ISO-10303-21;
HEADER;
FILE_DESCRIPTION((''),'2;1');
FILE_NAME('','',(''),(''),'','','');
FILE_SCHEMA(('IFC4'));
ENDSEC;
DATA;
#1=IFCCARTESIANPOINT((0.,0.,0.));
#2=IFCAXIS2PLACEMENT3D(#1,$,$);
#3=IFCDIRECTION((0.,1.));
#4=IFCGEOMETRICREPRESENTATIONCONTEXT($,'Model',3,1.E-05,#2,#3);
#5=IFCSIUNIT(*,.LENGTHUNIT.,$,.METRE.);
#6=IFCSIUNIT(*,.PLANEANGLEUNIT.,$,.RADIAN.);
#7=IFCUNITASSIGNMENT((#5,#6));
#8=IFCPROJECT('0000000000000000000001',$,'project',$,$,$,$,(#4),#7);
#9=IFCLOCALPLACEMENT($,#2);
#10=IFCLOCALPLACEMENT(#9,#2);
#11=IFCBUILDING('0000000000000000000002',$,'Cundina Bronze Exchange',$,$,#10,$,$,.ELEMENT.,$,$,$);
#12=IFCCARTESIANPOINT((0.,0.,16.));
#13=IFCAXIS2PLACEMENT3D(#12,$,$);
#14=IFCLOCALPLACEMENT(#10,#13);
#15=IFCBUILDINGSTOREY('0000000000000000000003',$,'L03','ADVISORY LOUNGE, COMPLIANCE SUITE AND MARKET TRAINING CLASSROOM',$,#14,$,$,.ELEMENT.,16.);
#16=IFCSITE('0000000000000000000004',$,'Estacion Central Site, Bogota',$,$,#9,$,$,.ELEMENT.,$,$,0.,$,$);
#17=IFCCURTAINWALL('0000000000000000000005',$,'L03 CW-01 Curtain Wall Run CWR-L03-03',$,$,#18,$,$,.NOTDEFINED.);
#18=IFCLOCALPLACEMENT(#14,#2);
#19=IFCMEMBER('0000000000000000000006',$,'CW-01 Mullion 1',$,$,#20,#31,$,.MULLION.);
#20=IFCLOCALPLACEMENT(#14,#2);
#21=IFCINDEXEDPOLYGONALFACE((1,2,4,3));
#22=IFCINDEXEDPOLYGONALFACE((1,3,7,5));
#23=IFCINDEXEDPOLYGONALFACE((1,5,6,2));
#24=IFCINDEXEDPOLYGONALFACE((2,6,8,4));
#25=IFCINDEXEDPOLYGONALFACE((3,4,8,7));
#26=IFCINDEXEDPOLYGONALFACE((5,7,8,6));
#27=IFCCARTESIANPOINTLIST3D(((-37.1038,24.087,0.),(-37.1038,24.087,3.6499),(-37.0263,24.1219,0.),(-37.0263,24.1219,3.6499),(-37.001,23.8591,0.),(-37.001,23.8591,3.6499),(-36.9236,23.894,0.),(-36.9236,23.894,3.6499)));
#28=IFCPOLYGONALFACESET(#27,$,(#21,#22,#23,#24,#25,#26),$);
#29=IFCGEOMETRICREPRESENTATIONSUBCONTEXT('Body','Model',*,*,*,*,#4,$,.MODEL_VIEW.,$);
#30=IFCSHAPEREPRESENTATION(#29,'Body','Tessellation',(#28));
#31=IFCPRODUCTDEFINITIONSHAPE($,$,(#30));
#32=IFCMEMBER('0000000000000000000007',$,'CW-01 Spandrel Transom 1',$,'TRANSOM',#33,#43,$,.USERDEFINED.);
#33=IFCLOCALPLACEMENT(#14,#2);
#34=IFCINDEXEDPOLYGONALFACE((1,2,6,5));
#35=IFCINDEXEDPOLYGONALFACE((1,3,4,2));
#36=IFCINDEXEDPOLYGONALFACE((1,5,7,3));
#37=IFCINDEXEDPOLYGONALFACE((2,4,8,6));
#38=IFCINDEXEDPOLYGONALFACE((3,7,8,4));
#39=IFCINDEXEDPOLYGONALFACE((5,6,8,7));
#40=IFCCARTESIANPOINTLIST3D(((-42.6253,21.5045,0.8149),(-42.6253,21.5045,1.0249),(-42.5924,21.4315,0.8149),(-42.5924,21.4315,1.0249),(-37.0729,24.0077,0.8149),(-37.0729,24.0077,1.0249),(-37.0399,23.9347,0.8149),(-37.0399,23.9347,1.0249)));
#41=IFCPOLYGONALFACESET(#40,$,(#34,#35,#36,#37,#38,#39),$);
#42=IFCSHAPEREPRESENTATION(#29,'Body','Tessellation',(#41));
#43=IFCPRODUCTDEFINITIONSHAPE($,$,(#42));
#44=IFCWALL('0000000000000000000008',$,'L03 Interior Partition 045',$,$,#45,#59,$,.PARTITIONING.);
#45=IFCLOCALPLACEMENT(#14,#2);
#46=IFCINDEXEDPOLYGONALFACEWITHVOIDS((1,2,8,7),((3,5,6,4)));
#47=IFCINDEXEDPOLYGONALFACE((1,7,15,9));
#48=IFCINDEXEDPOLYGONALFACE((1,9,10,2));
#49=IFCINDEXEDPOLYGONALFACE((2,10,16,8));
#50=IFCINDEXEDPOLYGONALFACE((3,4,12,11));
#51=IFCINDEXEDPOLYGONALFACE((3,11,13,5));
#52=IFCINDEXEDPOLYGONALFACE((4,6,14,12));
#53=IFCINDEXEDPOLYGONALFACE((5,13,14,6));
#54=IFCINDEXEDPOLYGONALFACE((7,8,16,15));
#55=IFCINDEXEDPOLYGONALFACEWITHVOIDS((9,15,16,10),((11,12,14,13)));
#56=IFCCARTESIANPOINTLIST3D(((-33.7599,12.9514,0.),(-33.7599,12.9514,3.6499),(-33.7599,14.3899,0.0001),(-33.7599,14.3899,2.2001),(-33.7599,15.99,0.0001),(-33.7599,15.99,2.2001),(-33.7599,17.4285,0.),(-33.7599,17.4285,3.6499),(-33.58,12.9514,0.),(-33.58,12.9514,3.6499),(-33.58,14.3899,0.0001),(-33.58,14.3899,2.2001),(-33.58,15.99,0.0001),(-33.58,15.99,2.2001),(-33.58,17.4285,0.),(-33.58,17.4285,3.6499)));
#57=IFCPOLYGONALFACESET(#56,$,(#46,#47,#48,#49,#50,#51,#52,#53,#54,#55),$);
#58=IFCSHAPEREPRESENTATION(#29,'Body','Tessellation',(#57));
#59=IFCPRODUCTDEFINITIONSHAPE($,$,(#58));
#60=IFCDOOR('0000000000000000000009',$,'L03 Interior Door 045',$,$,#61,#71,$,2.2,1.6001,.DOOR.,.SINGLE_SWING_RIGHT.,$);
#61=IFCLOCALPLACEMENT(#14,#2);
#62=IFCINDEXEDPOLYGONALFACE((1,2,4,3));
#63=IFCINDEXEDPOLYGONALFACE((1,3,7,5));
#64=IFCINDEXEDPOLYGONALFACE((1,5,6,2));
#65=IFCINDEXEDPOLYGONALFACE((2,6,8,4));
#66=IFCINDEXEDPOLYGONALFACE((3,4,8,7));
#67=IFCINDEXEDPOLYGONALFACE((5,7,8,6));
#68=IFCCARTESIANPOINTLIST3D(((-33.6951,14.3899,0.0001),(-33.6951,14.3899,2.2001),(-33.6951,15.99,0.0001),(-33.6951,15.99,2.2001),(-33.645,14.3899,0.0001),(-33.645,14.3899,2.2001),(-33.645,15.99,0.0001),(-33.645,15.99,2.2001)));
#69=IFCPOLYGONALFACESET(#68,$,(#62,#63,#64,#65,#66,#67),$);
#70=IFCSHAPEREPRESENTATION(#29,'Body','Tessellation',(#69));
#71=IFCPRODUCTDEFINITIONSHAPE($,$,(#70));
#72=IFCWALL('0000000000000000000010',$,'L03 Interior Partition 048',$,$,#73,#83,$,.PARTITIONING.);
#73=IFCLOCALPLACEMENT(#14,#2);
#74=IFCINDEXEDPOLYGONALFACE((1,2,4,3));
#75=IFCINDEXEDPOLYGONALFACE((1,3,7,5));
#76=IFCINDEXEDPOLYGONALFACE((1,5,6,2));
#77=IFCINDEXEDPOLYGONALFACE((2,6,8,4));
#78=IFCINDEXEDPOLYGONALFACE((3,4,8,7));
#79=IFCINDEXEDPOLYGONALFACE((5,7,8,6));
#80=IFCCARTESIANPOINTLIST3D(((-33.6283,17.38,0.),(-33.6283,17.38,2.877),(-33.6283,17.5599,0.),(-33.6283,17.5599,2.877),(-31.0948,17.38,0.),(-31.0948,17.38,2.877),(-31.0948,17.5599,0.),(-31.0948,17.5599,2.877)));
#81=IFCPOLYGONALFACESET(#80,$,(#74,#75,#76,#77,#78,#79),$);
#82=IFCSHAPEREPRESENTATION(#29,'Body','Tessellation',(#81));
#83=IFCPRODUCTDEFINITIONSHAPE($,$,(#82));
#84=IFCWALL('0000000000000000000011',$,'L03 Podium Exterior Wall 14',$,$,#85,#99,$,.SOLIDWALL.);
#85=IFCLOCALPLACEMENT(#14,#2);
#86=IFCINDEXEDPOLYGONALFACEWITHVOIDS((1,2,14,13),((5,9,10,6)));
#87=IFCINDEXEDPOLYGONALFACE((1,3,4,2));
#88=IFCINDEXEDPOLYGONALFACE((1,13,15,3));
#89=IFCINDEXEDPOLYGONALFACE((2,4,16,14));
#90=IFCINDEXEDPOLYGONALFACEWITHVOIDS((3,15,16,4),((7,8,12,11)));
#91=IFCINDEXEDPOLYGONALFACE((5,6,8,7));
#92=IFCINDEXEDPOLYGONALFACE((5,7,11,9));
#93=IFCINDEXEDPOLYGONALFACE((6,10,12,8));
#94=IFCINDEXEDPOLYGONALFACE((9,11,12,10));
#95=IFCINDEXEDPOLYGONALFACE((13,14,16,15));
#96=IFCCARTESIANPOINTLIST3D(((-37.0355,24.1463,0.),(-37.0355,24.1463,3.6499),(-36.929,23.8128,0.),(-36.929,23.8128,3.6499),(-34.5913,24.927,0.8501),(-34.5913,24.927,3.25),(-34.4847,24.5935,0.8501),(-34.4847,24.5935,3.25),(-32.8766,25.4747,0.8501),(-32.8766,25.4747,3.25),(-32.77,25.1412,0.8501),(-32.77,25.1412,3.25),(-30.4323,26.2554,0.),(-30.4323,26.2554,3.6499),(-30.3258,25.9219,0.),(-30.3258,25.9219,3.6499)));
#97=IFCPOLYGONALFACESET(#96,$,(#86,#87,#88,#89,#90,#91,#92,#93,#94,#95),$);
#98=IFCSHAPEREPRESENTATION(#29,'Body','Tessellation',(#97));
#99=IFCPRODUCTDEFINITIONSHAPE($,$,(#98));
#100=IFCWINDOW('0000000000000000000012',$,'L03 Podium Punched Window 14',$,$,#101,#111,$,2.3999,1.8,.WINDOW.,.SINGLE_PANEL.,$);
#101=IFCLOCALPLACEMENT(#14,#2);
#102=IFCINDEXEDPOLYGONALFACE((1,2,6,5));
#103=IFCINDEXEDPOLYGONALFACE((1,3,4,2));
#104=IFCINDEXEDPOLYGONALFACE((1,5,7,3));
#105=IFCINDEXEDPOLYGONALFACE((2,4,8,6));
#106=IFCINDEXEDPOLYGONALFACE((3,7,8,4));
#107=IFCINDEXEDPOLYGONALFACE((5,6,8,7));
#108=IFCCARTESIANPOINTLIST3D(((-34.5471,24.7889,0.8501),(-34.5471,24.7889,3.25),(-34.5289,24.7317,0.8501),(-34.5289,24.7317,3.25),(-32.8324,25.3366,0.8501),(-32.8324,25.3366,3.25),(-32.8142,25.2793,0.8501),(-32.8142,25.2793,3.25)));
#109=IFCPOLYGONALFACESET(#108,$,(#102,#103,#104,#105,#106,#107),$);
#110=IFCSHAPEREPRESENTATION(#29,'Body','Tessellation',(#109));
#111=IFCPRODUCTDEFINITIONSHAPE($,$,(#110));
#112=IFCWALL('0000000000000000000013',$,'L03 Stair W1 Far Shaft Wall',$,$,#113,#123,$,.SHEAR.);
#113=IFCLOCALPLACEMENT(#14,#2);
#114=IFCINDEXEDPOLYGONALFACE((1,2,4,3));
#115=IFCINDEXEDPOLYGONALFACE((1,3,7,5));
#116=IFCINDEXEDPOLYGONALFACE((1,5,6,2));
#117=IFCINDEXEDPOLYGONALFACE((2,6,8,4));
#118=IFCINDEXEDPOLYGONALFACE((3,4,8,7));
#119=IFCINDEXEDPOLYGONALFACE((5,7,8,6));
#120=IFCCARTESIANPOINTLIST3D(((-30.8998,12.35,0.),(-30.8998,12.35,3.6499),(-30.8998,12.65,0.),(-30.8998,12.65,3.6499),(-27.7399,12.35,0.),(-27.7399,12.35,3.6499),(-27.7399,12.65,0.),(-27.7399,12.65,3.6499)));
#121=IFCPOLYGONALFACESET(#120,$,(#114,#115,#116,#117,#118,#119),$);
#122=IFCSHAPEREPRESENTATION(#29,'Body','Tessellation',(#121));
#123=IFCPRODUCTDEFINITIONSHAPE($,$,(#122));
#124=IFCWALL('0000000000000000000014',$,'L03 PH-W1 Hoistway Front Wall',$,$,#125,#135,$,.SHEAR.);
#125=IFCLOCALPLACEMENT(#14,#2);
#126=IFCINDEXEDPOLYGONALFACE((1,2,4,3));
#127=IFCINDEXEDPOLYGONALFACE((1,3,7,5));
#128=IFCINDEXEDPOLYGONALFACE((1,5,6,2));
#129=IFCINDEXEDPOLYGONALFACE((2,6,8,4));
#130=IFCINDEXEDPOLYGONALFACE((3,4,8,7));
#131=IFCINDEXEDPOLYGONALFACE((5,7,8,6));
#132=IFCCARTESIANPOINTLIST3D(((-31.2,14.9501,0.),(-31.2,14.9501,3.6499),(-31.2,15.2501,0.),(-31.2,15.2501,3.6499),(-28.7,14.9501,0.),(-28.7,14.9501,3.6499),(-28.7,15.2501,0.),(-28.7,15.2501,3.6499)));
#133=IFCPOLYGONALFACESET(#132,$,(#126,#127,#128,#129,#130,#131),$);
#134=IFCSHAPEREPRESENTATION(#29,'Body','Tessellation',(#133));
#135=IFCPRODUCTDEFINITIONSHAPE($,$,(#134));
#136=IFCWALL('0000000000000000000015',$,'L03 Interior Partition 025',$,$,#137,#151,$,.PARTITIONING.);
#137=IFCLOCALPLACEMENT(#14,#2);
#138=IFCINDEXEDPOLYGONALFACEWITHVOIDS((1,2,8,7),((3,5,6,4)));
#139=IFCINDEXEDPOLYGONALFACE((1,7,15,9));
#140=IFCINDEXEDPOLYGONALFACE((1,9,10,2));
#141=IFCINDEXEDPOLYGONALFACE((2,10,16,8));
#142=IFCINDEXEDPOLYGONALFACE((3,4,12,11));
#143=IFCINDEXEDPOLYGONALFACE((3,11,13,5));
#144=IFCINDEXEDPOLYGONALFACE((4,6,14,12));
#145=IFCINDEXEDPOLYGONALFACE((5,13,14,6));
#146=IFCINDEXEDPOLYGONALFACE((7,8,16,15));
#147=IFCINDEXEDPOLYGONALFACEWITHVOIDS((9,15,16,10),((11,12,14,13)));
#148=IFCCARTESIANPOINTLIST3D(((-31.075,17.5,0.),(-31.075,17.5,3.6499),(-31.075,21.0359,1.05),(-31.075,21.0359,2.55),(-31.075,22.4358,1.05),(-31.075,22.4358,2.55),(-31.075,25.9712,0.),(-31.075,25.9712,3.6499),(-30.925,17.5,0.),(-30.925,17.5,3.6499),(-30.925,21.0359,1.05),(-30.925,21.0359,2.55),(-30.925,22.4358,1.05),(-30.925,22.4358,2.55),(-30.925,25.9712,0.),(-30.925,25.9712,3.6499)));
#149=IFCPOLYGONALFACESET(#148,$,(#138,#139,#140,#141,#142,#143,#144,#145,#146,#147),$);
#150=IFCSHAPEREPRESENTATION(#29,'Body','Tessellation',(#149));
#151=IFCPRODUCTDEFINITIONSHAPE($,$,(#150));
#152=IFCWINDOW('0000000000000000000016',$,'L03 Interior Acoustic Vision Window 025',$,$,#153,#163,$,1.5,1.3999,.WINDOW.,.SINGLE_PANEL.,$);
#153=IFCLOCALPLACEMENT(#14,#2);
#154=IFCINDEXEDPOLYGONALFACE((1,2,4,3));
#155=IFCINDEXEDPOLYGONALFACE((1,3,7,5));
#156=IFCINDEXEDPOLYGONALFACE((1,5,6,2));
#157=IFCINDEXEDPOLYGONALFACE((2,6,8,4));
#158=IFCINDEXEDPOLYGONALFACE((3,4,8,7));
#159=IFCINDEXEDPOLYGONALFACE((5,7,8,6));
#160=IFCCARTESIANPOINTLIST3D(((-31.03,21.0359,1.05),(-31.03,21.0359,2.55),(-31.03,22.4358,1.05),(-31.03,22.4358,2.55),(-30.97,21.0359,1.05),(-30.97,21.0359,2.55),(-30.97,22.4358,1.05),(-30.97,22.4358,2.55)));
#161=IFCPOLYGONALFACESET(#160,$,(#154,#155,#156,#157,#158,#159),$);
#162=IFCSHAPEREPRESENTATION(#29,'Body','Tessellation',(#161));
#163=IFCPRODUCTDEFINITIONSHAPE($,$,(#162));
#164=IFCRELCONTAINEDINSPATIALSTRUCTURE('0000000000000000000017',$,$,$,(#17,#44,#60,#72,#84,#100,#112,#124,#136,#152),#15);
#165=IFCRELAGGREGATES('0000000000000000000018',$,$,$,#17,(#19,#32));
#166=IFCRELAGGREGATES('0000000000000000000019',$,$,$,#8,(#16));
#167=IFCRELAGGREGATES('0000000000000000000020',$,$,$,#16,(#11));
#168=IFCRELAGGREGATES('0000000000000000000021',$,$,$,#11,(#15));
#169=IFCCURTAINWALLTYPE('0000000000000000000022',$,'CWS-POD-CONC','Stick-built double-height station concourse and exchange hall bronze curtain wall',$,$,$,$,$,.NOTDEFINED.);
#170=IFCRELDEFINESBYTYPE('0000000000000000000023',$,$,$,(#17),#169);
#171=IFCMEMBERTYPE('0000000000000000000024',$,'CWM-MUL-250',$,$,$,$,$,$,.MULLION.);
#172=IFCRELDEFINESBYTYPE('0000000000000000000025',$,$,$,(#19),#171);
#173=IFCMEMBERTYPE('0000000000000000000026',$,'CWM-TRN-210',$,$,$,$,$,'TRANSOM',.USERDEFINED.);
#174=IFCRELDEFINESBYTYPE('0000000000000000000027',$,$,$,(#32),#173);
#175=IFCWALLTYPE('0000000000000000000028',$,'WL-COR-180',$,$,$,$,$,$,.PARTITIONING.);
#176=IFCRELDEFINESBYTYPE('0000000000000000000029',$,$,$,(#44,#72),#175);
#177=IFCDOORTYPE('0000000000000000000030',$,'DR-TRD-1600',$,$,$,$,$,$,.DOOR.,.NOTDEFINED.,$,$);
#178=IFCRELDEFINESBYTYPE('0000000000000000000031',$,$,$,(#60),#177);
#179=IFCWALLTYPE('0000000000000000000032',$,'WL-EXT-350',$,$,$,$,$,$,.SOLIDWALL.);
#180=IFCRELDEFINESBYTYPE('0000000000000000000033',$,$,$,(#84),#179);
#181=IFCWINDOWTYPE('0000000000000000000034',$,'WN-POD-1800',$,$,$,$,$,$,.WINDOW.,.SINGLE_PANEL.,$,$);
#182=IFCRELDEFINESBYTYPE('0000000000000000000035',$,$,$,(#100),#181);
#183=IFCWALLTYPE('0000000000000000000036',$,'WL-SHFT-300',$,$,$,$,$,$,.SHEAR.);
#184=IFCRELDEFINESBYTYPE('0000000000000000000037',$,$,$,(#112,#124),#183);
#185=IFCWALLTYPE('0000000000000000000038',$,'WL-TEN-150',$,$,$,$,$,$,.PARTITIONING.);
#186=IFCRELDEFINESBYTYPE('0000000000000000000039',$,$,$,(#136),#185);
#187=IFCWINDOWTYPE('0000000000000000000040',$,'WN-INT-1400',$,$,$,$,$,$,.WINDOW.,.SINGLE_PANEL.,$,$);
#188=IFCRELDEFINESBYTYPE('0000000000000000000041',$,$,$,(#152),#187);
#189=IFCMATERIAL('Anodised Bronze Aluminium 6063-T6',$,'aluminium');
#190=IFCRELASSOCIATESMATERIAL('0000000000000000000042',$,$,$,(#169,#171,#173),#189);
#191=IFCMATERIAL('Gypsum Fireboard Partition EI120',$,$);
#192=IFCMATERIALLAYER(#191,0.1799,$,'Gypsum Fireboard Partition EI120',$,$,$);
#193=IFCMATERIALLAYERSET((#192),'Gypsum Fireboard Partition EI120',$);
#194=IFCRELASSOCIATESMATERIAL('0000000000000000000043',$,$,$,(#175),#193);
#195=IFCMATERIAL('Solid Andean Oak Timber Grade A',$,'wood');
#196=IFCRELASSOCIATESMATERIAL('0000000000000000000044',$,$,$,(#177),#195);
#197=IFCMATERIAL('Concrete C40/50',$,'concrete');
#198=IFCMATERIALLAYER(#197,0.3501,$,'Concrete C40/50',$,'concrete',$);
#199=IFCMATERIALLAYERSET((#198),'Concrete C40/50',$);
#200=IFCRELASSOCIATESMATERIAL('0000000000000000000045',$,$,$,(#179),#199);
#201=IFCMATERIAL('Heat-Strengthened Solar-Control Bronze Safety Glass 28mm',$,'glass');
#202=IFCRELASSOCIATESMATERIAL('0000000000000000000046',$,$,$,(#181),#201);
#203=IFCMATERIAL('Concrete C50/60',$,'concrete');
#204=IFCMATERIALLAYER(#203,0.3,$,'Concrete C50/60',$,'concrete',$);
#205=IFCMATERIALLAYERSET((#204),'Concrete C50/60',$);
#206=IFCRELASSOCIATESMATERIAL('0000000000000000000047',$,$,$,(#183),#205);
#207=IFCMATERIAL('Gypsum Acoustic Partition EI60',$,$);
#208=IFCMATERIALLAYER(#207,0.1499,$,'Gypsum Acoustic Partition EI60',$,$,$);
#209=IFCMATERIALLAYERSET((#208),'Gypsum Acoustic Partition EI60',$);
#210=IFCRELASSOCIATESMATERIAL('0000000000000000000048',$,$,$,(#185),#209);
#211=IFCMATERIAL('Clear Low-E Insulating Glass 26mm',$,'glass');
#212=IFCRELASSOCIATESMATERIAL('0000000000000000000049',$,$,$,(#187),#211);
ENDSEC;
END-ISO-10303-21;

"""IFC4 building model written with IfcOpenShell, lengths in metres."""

from ifc_helpers import new_model, si_unit, direction, frame, frame_2d, origin, origin_2d, place, context, subcontext, project, spatial, rectangle, extrude, material, layer, layer_set, material_profile, profile_set, type_object, element, fill, aggregate, save


model = new_model("IFC4")

# Units and contexts
model_context = context("Model", 3, precision=1e-05, world=origin(), true_north=direction((0.0, 1.0)))
body_context = subcontext(model_context, "Body", "Model", "MODEL_VIEW")
ifc_project = project(units=[si_unit("LENGTHUNIT", "METRE"), si_unit("PLANEANGLEUNIT", "RADIAN")], contexts=[model_context])

# Site, building, storey
site_placement = place(None, origin())
site = spatial("IfcSite", under=ifc_project, at=site_placement, Name="Estacion Central Site, Bogota", CompositionType="ELEMENT", RefElevation=0.0)
building_placement = place(site_placement, origin())
building = spatial("IfcBuilding", under=site, at=building_placement, Name="Cundina Bronze Exchange", CompositionType="ELEMENT")
storey_placement = place(building_placement, frame((0.0, 0.0, 16.0)))
storey = spatial("IfcBuildingStorey", under=building, at=storey_placement, Name="L03", Description="ADVISORY LOUNGE, COMPLIANCE SUITE AND MARKET TRAINING CLASSROOM", CompositionType="ELEMENT", Elevation=16.0)

# Curtain wall, members
ifc_material_1 = material(Name="Anodised Bronze Aluminium 6063-T6", Category="aluminium")
curtain_wall_type = type_object("IfcCurtainWallType", Name="CWS-POD-CONC", Description="Stick-built double-height station concourse and exchange hall bronze curtain wall", PredefinedType="NOTDEFINED", material=ifc_material_1)
curtain_wall_placement = place(storey_placement, origin())
curtain_wall = element("IfcCurtainWall", 1, at=curtain_wall_placement, inside=storey, type_object=curtain_wall_type, Name="L03 CW-01 Curtain Wall Run CWR-L03-03", PredefinedType="NOTDEFINED")
ifc_material_profile_1 = material_profile(ifc_material_1, rectangle(XDim=0.085, YDim=0.25, at=origin_2d()), Name="AL85X250", Category="aluminium")
ifc_profile_set_1 = profile_set([ifc_material_profile_1], Name="Anodised Bronze Aluminium 6063-T6")
member_type_1 = type_object("IfcMemberType", Name="CWM-MUL-250", PredefinedType="MULLION", material=ifc_profile_set_1)
member_1_placement = place(storey_placement, frame((-37.0137, 23.9905, 0.0), z_axis=(0.0, 0.0, 1.0), x_axis=(-0.911619, -0.411037, 0.0)))
member_1 = element("IfcMember", 2, at=member_1_placement, type_object=member_type_1, Name="CW-01 Mullion 1", PredefinedType="MULLION", context=body_context, shape_type="SweptSolid", body=[
    extrude(rectangle(XDim=0.085, YDim=0.25, at=origin_2d()), origin(), (0.0, 0.0, 1.0), 3.6499),
])
ifc_material_profile_2 = material_profile(ifc_material_1, rectangle(XDim=0.0801, YDim=0.21, at=origin_2d()), Name="AL80X210", Category="aluminium")
ifc_profile_set_2 = profile_set([ifc_material_profile_2], Name="Anodised Bronze Aluminium 6063-T6")
member_type_2 = type_object("IfcMemberType", Name="CWM-TRN-210", ElementType="TRANSOM", PredefinedType="USERDEFINED", material=ifc_profile_set_2)
member_2_placement = place(storey_placement, frame((-37.0564, 23.9712, 0.9199), z_axis=(-0.911642, -0.410986, 0.0), x_axis=(0.410986, -0.911642, 0.0)))
member_2 = element("IfcMember", 3, at=member_2_placement, type_object=member_type_2, Name="CW-01 Spandrel Transom 1", ObjectType="TRANSOM", PredefinedType="USERDEFINED", context=body_context, shape_type="SweptSolid", body=[
    extrude(rectangle(XDim=0.0801, YDim=0.21, at=origin_2d()), origin(), (0.0, 0.0, 1.0), 6.0906),
])
aggregate(curtain_wall, [member_1, member_2])

# Wall, opening, door
ifc_material_2 = material(Name="Gypsum Fireboard Partition EI120")
ifc_layer_1 = layer(ifc_material_2, 0.1799, Name="Gypsum Fireboard Partition EI120")
ifc_layer_set_1 = layer_set([ifc_layer_1], Name="Gypsum Fireboard Partition EI120")
wall_type_1 = type_object("IfcWallType", Name="WL-COR-180", PredefinedType="PARTITIONING", material=ifc_layer_set_1)
ifc_material_3 = material(Name="Solid Andean Oak Timber Grade A", Category="wood")
wall_1_placement = place(storey_placement, frame((-33.6699, 17.4285, 0.0), z_axis=(0.0, 0.0, 1.0), x_axis=(0.0, -1.0, 0.0)))
wall_1 = element("IfcWall", 4, at=wall_1_placement, inside=storey, type_object=wall_type_1, Name="L03 Interior Partition 045", PredefinedType="PARTITIONING", context=body_context, shape_type="SweptSolid", body=[
    extrude(rectangle(XDim=4.4771, YDim=0.1799, at=frame_2d((2.2385, 0.0))), origin(), (0.0, 0.0, 1.0), 3.6499),
])
opening_1_placement = place(wall_1_placement, frame((1.4385, 0.0, 0.0)))
opening_1 = element("IfcOpeningElement", 5, at=opening_1_placement, cuts=wall_1, PredefinedType="OPENING", context=body_context, shape_type="SweptSolid", body=[
    extrude(rectangle(XDim=1.6001, YDim=2.2, at=frame_2d((0.8, 1.1001))), frame((0.0, 0.0999, 0.0), z_axis=(0.0, -1.0, 0.0), x_axis=(1.0, 0.0, 0.0)), (0.0, 0.0, 1.0), 0.2),
])
door_type_1 = type_object("IfcDoorType", Name="DR-TRD-1600", OperationType="NOTDEFINED", PredefinedType="DOOR", material=ifc_material_3)
door_1_placement = place(opening_1_placement, origin())
door_1 = element("IfcDoor", 6, at=door_1_placement, inside=storey, type_object=door_type_1, Name="L03 Interior Door 045", OperationType="SINGLE_SWING_RIGHT", OverallHeight=2.2, OverallWidth=1.6001, PredefinedType="DOOR", context=body_context, shape_type="SweptSolid", body=[
    extrude(rectangle(XDim=1.6001, YDim=2.2, at=frame_2d((0.8, 1.1001))), frame((0.0, 0.0249, 0.0), z_axis=(0.0, -1.0, 0.0), x_axis=(1.0, 0.0, 0.0)), (0.0, 0.0, 1.0), 0.05),
])
fill(opening_1, door_1)

# Wall
wall_2_placement = place(storey_placement, frame((-31.095, 17.47, 0.0), z_axis=(0.0, 0.0, 1.0), x_axis=(-1.0, 0.0, 0.0)))
element("IfcWall", 7, at=wall_2_placement, inside=storey, type_object=wall_type_1, Name="L03 Interior Partition 048", PredefinedType="PARTITIONING", context=body_context, shape_type="SweptSolid", body=[
    extrude(rectangle(XDim=2.5334, YDim=0.1799, at=frame_2d((1.2666, 0.0))), origin(), (0.0, 0.0, 1.0), 2.877),
])

# Wall, opening, window
ifc_material_4 = material(Name="Concrete C40/50", Category="concrete")
ifc_layer_2 = layer(ifc_material_4, 0.3501, Name="Concrete C40/50", Category="concrete")
ifc_layer_set_2 = layer_set([ifc_layer_2], Name="Concrete C40/50")
wall_type_2 = type_object("IfcWallType", Name="WL-EXT-350", PredefinedType="SOLIDWALL", material=ifc_layer_set_2)
wall_3_placement = place(storey_placement, frame((-30.3792, 26.0886, 0.0), z_axis=(0.0, 0.0, 1.0), x_axis=(-0.952588, -0.304263, 0.0)))
wall_3 = element("IfcWall", 8, at=wall_3_placement, inside=storey, type_object=wall_type_2, Name="L03 Podium Exterior Wall 14", PredefinedType="SOLIDWALL", context=body_context, shape_type="SweptSolid", body=[
    extrude(rectangle(XDim=6.9319, YDim=0.3501, at=frame_2d((3.4658, 0.0))), origin(), (0.0, 0.0, 1.0), 3.6499),
])
opening_2_placement = place(wall_3_placement, frame((2.5659, 0.0, 0.8501)))
opening_2 = element("IfcOpeningElement", 9, at=opening_2_placement, cuts=wall_3, PredefinedType="OPENING", context=body_context, shape_type="SweptSolid", body=[
    extrude(rectangle(XDim=1.8, YDim=2.3999, at=frame_2d((0.8999, 1.2))), frame((0.0, 0.1851, 0.0), z_axis=(0.0, -1.0, 0.0), x_axis=(1.0, 0.0, 0.0)), (0.0, 0.0, 1.0), 0.3701),
])
ifc_material_5 = material(Name="Heat-Strengthened Solar-Control Bronze Safety Glass 28mm", Category="glass")
window_type_1 = type_object("IfcWindowType", Name="WN-POD-1800", PartitioningType="SINGLE_PANEL", PredefinedType="WINDOW", material=ifc_material_5)
window_1_placement = place(opening_2_placement, origin())
window_1 = element("IfcWindow", 10, at=window_1_placement, inside=storey, type_object=window_type_1, Name="L03 Podium Punched Window 14", OverallHeight=2.3999, OverallWidth=1.8, PartitioningType="SINGLE_PANEL", PredefinedType="WINDOW", context=body_context, shape_type="SweptSolid", body=[
    extrude(rectangle(XDim=1.8, YDim=2.3999, at=frame_2d((0.8999, 1.2))), frame((0.0, 0.03, 0.0), z_axis=(0.0, -1.0, 0.0), x_axis=(1.0, 0.0, 0.0)), (0.0, 0.0, 1.0), 0.0601),
])
fill(opening_2, window_1)

# Shared definitions
ifc_material_6 = material(Name="Concrete C50/60", Category="concrete")
ifc_layer_3 = layer(ifc_material_6, 0.3, Name="Concrete C50/60", Category="concrete")
ifc_layer_set_3 = layer_set([ifc_layer_3], Name="Concrete C50/60")
wall_type_3 = type_object("IfcWallType", Name="WL-SHFT-300", PredefinedType="SHEAR", material=ifc_layer_set_3)

# Walls
wall_4_placement = place(storey_placement, frame((-30.8999, 12.5, 0.0), z_axis=(0.0, 0.0, 1.0), x_axis=(1.0, 0.0, 0.0)))
element("IfcWall", 11, at=wall_4_placement, inside=storey, type_object=wall_type_3, Name="L03 Stair W1 Far Shaft Wall", PredefinedType="SHEAR", context=body_context, shape_type="SweptSolid", body=[
    extrude(rectangle(XDim=3.1599, YDim=0.3, at=frame_2d((1.5801, 0.0))), origin(), (0.0, 0.0, 1.0), 3.6499),
])
wall_5_placement = place(storey_placement, frame((-31.2, 15.1001, 0.0), z_axis=(0.0, 0.0, 1.0), x_axis=(1.0, 0.0, 0.0)))
element("IfcWall", 12, at=wall_5_placement, inside=storey, type_object=wall_type_3, Name="L03 PH-W1 Hoistway Front Wall", PredefinedType="SHEAR", context=body_context, shape_type="SweptSolid", body=[
    extrude(rectangle(XDim=2.5, YDim=0.3, at=frame_2d((1.25, 0.0))), origin(), (0.0, 0.0, 1.0), 3.6499),
])

# Wall, opening, window
ifc_material_7 = material(Name="Gypsum Acoustic Partition EI60")
ifc_layer_4 = layer(ifc_material_7, 0.1499, Name="Gypsum Acoustic Partition EI60")
ifc_layer_set_4 = layer_set([ifc_layer_4], Name="Gypsum Acoustic Partition EI60")
wall_type_4 = type_object("IfcWallType", Name="WL-TEN-150", PredefinedType="PARTITIONING", material=ifc_layer_set_4)
wall_6_placement = place(storey_placement, frame((-31.0, 17.5, 0.0), z_axis=(0.0, 0.0, 1.0), x_axis=(0.0, 1.0, 0.0)))
wall_6 = element("IfcWall", 13, at=wall_6_placement, inside=storey, type_object=wall_type_4, Name="L03 Interior Partition 025", PredefinedType="PARTITIONING", context=body_context, shape_type="SweptSolid", body=[
    extrude(rectangle(XDim=8.4712, YDim=0.1499, at=frame_2d((4.2356, 0.0))), origin(), (0.0, 0.0, 1.0), 3.6499),
])
opening_3_placement = place(wall_6_placement, frame((3.5359, 0.0, 1.05)))
opening_3 = element("IfcOpeningElement", 14, at=opening_3_placement, cuts=wall_6, PredefinedType="OPENING", context=body_context, shape_type="SweptSolid", body=[
    extrude(rectangle(XDim=1.3999, YDim=1.5, at=frame_2d((0.7, 0.75))), frame((0.0, 0.085, 0.0), z_axis=(0.0, -1.0, 0.0), x_axis=(1.0, 0.0, 0.0)), (0.0, 0.0, 1.0), 0.1699),
])
ifc_material_8 = material(Name="Clear Low-E Insulating Glass 26mm", Category="glass")
window_type_2 = type_object("IfcWindowType", Name="WN-INT-1400", PartitioningType="SINGLE_PANEL", PredefinedType="WINDOW", material=ifc_material_8)
window_2_placement = place(opening_3_placement, origin())
window_2 = element("IfcWindow", 15, at=window_2_placement, inside=storey, type_object=window_type_2, Name="L03 Interior Acoustic Vision Window 025", OverallHeight=1.5, OverallWidth=1.3999, PartitioningType="SINGLE_PANEL", PredefinedType="WINDOW", context=body_context, shape_type="SweptSolid", body=[
    extrude(rectangle(XDim=1.3999, YDim=1.5, at=frame_2d((0.7, 0.75))), frame((0.0, 0.03, 0.0), z_axis=(0.0, -1.0, 0.0), x_axis=(1.0, 0.0, 0.0)), (0.0, 0.0, 1.0), 0.0601),
])
fill(opening_3, window_2)

save(model, "model.ifc")
